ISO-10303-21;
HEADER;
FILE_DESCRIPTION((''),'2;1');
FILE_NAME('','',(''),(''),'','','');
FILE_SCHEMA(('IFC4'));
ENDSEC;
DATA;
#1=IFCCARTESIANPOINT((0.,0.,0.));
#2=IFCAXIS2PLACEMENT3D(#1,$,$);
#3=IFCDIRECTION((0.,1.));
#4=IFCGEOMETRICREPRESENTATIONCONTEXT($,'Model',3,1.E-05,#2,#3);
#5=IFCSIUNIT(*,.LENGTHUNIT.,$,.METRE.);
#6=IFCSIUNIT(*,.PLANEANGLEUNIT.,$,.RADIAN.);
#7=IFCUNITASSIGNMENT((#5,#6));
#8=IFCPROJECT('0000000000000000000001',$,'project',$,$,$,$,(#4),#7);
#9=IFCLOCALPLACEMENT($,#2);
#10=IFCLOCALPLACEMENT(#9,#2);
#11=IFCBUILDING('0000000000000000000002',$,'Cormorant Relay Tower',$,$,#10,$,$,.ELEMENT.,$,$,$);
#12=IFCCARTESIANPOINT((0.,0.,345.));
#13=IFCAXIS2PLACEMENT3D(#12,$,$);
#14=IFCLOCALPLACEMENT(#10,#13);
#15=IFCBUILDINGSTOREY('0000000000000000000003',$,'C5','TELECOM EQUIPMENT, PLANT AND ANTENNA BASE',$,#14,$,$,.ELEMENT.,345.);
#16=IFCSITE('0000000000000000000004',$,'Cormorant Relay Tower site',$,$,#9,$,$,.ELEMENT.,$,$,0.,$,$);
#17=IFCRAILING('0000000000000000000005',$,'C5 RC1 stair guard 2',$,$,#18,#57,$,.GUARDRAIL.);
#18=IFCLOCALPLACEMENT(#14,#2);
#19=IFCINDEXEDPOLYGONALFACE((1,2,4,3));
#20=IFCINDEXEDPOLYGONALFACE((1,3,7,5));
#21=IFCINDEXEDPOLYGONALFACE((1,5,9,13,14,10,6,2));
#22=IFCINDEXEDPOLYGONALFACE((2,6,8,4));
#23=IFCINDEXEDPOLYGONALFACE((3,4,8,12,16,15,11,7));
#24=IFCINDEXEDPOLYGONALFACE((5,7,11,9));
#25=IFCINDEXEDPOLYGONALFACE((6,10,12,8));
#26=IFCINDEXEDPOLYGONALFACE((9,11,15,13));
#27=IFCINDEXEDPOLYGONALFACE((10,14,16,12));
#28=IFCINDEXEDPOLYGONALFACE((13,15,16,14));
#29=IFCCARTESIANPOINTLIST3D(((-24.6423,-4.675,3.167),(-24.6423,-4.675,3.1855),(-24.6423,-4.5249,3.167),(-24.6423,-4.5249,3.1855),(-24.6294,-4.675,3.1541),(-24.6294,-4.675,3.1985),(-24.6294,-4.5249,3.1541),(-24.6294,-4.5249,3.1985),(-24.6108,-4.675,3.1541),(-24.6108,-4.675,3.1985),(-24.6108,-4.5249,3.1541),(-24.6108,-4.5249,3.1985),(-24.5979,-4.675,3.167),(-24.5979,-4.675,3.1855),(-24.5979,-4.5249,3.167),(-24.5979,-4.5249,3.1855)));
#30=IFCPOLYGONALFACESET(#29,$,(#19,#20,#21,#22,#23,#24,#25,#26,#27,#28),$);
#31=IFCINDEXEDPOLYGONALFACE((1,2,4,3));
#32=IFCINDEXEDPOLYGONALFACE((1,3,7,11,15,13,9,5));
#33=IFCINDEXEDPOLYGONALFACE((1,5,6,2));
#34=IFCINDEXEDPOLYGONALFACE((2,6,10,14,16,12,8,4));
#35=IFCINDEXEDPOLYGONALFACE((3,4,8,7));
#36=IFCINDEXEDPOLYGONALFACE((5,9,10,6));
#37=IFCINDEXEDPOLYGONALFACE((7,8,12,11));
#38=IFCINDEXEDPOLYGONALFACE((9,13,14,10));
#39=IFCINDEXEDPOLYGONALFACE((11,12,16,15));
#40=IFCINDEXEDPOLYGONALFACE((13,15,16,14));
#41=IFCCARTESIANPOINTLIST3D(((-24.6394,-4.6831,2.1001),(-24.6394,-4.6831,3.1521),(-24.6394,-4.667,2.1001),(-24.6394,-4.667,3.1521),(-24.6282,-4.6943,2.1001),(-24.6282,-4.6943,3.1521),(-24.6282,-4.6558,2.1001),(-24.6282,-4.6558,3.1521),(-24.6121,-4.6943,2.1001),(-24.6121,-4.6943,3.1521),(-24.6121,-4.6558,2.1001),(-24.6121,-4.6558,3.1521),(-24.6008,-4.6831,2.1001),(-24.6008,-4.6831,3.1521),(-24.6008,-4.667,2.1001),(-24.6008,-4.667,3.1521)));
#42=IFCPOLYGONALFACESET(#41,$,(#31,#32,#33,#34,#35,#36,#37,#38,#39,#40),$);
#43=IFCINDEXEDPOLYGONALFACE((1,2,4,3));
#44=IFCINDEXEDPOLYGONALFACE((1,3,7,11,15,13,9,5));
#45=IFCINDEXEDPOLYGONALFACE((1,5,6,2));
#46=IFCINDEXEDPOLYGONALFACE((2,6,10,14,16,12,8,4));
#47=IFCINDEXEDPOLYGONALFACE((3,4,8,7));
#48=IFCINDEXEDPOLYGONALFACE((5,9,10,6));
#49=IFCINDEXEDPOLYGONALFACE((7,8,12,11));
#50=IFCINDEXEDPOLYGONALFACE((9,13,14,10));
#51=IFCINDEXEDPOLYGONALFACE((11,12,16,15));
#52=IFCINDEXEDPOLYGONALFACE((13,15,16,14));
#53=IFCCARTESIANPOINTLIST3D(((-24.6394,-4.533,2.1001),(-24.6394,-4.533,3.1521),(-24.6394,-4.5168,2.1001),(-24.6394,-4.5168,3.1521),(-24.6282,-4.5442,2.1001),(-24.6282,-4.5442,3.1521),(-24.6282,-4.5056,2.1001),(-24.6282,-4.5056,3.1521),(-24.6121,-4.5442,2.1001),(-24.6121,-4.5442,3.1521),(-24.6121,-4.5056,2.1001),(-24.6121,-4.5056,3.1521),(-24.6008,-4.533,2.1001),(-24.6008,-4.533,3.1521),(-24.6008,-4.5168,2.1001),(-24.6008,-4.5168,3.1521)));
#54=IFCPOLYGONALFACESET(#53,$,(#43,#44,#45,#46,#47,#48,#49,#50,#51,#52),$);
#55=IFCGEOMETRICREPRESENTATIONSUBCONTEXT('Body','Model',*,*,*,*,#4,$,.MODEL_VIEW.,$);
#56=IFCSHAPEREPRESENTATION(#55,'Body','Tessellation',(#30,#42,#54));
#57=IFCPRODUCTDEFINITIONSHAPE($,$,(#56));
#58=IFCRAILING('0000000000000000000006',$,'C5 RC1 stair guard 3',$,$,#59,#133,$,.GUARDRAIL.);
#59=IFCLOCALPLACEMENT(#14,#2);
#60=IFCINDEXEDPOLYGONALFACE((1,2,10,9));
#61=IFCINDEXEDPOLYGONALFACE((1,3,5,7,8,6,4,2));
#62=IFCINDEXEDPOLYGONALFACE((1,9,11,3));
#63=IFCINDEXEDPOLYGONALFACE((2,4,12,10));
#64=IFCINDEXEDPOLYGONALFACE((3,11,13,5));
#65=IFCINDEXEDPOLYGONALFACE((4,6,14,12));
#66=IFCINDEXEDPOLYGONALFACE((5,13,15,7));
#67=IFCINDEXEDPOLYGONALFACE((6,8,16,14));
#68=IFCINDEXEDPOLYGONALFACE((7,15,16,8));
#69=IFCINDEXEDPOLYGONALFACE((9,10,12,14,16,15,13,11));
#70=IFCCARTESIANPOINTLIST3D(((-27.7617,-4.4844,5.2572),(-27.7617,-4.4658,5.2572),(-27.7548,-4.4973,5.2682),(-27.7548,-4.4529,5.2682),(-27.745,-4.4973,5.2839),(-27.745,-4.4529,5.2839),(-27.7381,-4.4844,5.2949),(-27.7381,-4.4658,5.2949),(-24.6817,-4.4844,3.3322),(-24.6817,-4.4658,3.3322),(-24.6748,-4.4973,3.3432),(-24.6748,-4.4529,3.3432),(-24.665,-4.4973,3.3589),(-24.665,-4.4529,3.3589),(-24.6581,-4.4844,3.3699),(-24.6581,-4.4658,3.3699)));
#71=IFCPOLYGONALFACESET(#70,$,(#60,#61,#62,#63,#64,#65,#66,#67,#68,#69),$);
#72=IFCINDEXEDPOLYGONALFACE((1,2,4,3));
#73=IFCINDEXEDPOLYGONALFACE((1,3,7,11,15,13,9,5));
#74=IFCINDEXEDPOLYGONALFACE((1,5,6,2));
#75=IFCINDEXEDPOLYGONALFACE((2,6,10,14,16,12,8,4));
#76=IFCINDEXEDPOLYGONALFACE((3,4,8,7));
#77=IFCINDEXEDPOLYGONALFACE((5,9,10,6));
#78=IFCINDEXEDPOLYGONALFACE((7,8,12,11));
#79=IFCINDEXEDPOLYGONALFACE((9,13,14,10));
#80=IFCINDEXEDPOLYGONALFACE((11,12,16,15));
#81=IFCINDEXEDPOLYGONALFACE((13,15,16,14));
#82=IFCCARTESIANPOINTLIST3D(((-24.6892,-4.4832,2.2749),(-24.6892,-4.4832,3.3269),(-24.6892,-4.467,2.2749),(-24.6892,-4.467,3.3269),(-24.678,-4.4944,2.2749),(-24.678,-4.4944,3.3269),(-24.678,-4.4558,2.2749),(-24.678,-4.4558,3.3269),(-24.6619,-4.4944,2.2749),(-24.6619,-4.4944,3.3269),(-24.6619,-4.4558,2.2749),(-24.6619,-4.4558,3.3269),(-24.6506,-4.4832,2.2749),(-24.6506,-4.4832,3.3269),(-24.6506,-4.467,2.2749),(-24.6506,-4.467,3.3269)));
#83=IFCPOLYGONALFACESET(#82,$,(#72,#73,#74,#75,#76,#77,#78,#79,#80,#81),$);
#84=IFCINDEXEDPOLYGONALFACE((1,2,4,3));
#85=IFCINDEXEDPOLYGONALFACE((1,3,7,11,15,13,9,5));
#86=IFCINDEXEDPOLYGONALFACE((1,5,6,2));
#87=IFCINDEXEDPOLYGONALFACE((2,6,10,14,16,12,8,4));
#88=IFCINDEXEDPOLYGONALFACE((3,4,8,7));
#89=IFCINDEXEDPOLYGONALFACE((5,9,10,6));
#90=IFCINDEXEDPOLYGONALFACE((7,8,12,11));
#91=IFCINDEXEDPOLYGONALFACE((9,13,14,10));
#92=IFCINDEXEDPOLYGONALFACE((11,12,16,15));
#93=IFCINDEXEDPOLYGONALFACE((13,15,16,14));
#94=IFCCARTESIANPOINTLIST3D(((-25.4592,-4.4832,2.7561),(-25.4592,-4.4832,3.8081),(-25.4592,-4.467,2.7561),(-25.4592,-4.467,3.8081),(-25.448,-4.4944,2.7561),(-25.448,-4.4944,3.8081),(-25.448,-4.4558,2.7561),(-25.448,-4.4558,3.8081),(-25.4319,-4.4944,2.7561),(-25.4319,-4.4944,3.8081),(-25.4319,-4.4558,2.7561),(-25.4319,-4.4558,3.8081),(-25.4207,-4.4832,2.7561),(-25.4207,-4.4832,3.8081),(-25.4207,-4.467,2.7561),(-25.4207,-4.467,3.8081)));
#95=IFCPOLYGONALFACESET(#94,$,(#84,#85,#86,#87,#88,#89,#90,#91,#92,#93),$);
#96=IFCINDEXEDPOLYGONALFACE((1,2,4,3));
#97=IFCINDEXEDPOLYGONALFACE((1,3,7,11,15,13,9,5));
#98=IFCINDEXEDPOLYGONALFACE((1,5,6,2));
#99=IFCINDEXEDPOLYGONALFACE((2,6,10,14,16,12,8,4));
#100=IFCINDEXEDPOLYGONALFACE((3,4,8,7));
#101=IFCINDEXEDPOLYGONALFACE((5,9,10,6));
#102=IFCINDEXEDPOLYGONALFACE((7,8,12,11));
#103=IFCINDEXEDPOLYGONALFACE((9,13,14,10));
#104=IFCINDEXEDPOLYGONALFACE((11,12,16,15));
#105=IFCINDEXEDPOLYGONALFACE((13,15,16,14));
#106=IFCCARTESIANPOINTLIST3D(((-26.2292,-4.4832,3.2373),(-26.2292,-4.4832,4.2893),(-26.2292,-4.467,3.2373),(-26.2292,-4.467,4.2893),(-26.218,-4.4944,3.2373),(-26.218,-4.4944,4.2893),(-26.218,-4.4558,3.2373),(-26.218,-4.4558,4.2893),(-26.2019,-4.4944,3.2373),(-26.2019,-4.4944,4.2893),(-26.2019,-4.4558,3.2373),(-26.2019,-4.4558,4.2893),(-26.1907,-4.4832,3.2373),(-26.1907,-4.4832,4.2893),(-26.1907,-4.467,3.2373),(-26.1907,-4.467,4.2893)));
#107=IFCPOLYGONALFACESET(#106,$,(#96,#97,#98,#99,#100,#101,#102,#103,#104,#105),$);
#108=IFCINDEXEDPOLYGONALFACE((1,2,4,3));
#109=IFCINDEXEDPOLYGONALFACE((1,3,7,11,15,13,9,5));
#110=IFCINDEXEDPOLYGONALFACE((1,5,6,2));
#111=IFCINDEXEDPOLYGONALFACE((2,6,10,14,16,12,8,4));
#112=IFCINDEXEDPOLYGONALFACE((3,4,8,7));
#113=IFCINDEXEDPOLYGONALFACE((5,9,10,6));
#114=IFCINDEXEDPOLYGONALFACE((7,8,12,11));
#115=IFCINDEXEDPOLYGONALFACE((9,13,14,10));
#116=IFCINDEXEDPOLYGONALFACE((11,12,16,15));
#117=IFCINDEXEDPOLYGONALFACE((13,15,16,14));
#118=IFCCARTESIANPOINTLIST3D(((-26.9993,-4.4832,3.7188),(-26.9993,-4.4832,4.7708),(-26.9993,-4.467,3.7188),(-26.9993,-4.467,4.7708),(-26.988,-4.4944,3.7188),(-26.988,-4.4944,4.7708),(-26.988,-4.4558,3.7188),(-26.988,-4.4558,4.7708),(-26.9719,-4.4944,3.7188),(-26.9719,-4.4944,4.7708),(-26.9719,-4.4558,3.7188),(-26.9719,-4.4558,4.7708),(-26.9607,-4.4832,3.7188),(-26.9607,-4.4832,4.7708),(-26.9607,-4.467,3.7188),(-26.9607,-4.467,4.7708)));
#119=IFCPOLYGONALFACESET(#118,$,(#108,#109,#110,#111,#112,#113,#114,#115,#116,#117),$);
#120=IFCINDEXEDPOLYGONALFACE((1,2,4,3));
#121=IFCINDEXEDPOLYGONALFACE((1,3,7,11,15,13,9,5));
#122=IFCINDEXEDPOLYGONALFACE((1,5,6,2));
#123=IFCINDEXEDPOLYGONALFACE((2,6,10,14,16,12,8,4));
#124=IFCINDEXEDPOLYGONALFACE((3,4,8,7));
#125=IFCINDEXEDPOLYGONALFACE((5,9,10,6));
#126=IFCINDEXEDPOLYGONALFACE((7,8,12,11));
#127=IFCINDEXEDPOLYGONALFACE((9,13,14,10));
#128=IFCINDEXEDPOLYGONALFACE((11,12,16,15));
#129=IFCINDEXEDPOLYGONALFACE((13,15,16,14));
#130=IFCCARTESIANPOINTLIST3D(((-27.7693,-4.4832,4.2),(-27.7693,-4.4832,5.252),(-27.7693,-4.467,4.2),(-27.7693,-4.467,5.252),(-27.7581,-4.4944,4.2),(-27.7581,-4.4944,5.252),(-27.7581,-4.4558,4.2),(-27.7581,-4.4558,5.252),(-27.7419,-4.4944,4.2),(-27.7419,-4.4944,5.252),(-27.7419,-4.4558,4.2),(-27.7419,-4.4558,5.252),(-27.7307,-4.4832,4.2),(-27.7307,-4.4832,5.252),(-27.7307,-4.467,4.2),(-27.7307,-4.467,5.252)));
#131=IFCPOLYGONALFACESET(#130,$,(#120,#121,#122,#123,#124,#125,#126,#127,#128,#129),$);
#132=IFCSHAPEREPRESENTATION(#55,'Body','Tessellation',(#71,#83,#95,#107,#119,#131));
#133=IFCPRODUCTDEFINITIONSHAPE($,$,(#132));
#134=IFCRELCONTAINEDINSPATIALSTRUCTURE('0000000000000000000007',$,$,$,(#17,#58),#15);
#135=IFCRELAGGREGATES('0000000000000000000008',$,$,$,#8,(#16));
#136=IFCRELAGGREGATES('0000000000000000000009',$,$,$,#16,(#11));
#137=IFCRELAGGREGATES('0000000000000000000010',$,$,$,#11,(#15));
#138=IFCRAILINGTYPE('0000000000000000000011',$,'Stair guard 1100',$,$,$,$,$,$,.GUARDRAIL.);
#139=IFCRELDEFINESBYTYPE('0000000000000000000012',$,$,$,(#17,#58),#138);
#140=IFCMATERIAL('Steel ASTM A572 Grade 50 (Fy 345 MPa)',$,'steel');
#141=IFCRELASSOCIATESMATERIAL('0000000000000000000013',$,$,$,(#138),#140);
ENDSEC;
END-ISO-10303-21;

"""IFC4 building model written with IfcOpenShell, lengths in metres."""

from ifc_helpers import new_model, si_unit, direction, frame, origin, place, context, subcontext, project, spatial, polyline, outline, extrude, material, type_object, element, save


model = new_model("IFC4")

# Units and contexts
model_context = context("Model", 3, precision=1e-05, world=origin(), true_north=direction((0.0, 1.0)))
body_context = subcontext(model_context, "Body", "Model", "MODEL_VIEW")
ifc_project = project(units=[si_unit("LENGTHUNIT", "METRE"), si_unit("PLANEANGLEUNIT", "RADIAN")], contexts=[model_context])

# Site, building, storey
site_placement = place(None, origin())
site = spatial("IfcSite", under=ifc_project, at=site_placement, Name="Cormorant Relay Tower site", CompositionType="ELEMENT", RefElevation=0.0)
building_placement = place(site_placement, origin())
building = spatial("IfcBuilding", under=site, at=building_placement, Name="Cormorant Relay Tower", CompositionType="ELEMENT")
storey_placement = place(building_placement, frame((0.0, 0.0, 345.0)))
storey = spatial("IfcBuildingStorey", under=building, at=storey_placement, Name="C5", Description="TELECOM EQUIPMENT, PLANT AND ANTENNA BASE", CompositionType="ELEMENT", Elevation=345.0)

# Railings
ifc_material_1 = material(Name="Steel ASTM A572 Grade 50 (Fy 345 MPa)", Category="steel")
railing_type_1 = type_object("IfcRailingType", Name="Stair guard 1100", PredefinedType="GUARDRAIL", material=ifc_material_1)
railing_1_placement = place(storey_placement, frame((-24.6201, -4.675, 2.1001)))
element("IfcRailing", 1, at=railing_1_placement, inside=storey, type_object=railing_type_1, Name="C5 RC1 stair guard 2", PredefinedType="GUARDRAIL", context=body_context, shape_type="SweptSolid", body=[
    extrude(outline(polyline([(0.0222, 0.0093), (0.0093, 0.0222), (-0.0093, 0.0222), (-0.0222, 0.0093), (-0.0222, -0.0093), (-0.0093, -0.0222), (0.0093, -0.0222), (0.0222, -0.0093), (0.0222, 0.0093)])), frame((0.0, 0.0, 1.0762), z_axis=(0.0, 1.0, 0.0), x_axis=(-1.0, 0.0, 0.0)), (0.0, 0.0, 1.0), 0.1501),
    extrude(outline(polyline([(0.0193, 0.0081), (0.0081, 0.0193), (-0.0081, 0.0193), (-0.0193, 0.0081), (-0.0193, -0.0081), (-0.0081, -0.0193), (0.0081, -0.0193), (0.0193, -0.0081), (0.0193, 0.0081)])), origin(), (0.0, 0.0, 1.0), 1.052),
    extrude(outline(polyline([(0.0193, 0.0081), (0.0081, 0.0193), (-0.0081, 0.0193), (-0.0193, 0.0081), (-0.0193, -0.0081), (-0.0081, -0.0193), (0.0081, -0.0193), (0.0193, -0.0081), (0.0193, 0.0081)])), frame((0.0, 0.1501, 0.0)), (0.0, 0.0, 1.0), 1.052),
])
railing_2_placement = place(storey_placement, frame((-24.6699, -4.4751, 2.2749)))
element("IfcRailing", 2, at=railing_2_placement, inside=storey, type_object=railing_type_1, Name="C5 RC1 stair guard 3", PredefinedType="GUARDRAIL", context=body_context, shape_type="SweptSolid", body=[
    extrude(outline(polyline([(0.0222, 0.0093), (0.0093, 0.0222), (-0.0093, 0.0222), (-0.0222, 0.0093), (-0.0222, -0.0093), (-0.0093, -0.0222), (0.0093, -0.0222), (0.0222, -0.0093), (0.0222, 0.0093)])), frame((0.0, 0.0, 1.0762), z_axis=(-0.847998, 0.0, 0.529999), x_axis=(0.0, -1.0, 0.0)), (0.0, 0.0, 1.0), 3.6321),
    extrude(outline(polyline([(0.0193, 0.0081), (0.0081, 0.0193), (-0.0081, 0.0193), (-0.0193, 0.0081), (-0.0193, -0.0081), (-0.0081, -0.0193), (0.0081, -0.0193), (0.0193, -0.0081), (0.0193, 0.0081)])), origin(), (0.0, 0.0, 1.0), 1.052),
    extrude(outline(polyline([(0.0193, 0.0081), (0.0081, 0.0193), (-0.0081, 0.0193), (-0.0193, 0.0081), (-0.0193, -0.0081), (-0.0081, -0.0193), (0.0081, -0.0193), (0.0193, -0.0081), (0.0193, 0.0081)])), frame((-0.77, 0.0, 0.4812)), (0.0, 0.0, 1.0), 1.052),
    extrude(outline(polyline([(0.0193, 0.0081), (0.0081, 0.0193), (-0.0081, 0.0193), (-0.0193, 0.0081), (-0.0193, -0.0081), (-0.0081, -0.0193), (0.0081, -0.0193), (0.0193, -0.0081), (0.0193, 0.0081)])), frame((-1.54, 0.0, 0.9624)), (0.0, 0.0, 1.0), 1.052),
    extrude(outline(polyline([(0.0193, 0.0081), (0.0081, 0.0193), (-0.0081, 0.0193), (-0.0193, 0.0081), (-0.0193, -0.0081), (-0.0081, -0.0193), (0.0081, -0.0193), (0.0193, -0.0081), (0.0193, 0.0081)])), frame((-2.3101, 0.0, 1.4438)), (0.0, 0.0, 1.0), 1.052),
    extrude(outline(polyline([(0.0193, 0.0081), (0.0081, 0.0193), (-0.0081, 0.0193), (-0.0193, 0.0081), (-0.0193, -0.0081), (-0.0081, -0.0193), (0.0081, -0.0193), (0.0193, -0.0081), (0.0193, 0.0081)])), frame((-3.0801, 0.0, 1.925)), (0.0, 0.0, 1.0), 1.052),
])

save(model, "model.ifc")
